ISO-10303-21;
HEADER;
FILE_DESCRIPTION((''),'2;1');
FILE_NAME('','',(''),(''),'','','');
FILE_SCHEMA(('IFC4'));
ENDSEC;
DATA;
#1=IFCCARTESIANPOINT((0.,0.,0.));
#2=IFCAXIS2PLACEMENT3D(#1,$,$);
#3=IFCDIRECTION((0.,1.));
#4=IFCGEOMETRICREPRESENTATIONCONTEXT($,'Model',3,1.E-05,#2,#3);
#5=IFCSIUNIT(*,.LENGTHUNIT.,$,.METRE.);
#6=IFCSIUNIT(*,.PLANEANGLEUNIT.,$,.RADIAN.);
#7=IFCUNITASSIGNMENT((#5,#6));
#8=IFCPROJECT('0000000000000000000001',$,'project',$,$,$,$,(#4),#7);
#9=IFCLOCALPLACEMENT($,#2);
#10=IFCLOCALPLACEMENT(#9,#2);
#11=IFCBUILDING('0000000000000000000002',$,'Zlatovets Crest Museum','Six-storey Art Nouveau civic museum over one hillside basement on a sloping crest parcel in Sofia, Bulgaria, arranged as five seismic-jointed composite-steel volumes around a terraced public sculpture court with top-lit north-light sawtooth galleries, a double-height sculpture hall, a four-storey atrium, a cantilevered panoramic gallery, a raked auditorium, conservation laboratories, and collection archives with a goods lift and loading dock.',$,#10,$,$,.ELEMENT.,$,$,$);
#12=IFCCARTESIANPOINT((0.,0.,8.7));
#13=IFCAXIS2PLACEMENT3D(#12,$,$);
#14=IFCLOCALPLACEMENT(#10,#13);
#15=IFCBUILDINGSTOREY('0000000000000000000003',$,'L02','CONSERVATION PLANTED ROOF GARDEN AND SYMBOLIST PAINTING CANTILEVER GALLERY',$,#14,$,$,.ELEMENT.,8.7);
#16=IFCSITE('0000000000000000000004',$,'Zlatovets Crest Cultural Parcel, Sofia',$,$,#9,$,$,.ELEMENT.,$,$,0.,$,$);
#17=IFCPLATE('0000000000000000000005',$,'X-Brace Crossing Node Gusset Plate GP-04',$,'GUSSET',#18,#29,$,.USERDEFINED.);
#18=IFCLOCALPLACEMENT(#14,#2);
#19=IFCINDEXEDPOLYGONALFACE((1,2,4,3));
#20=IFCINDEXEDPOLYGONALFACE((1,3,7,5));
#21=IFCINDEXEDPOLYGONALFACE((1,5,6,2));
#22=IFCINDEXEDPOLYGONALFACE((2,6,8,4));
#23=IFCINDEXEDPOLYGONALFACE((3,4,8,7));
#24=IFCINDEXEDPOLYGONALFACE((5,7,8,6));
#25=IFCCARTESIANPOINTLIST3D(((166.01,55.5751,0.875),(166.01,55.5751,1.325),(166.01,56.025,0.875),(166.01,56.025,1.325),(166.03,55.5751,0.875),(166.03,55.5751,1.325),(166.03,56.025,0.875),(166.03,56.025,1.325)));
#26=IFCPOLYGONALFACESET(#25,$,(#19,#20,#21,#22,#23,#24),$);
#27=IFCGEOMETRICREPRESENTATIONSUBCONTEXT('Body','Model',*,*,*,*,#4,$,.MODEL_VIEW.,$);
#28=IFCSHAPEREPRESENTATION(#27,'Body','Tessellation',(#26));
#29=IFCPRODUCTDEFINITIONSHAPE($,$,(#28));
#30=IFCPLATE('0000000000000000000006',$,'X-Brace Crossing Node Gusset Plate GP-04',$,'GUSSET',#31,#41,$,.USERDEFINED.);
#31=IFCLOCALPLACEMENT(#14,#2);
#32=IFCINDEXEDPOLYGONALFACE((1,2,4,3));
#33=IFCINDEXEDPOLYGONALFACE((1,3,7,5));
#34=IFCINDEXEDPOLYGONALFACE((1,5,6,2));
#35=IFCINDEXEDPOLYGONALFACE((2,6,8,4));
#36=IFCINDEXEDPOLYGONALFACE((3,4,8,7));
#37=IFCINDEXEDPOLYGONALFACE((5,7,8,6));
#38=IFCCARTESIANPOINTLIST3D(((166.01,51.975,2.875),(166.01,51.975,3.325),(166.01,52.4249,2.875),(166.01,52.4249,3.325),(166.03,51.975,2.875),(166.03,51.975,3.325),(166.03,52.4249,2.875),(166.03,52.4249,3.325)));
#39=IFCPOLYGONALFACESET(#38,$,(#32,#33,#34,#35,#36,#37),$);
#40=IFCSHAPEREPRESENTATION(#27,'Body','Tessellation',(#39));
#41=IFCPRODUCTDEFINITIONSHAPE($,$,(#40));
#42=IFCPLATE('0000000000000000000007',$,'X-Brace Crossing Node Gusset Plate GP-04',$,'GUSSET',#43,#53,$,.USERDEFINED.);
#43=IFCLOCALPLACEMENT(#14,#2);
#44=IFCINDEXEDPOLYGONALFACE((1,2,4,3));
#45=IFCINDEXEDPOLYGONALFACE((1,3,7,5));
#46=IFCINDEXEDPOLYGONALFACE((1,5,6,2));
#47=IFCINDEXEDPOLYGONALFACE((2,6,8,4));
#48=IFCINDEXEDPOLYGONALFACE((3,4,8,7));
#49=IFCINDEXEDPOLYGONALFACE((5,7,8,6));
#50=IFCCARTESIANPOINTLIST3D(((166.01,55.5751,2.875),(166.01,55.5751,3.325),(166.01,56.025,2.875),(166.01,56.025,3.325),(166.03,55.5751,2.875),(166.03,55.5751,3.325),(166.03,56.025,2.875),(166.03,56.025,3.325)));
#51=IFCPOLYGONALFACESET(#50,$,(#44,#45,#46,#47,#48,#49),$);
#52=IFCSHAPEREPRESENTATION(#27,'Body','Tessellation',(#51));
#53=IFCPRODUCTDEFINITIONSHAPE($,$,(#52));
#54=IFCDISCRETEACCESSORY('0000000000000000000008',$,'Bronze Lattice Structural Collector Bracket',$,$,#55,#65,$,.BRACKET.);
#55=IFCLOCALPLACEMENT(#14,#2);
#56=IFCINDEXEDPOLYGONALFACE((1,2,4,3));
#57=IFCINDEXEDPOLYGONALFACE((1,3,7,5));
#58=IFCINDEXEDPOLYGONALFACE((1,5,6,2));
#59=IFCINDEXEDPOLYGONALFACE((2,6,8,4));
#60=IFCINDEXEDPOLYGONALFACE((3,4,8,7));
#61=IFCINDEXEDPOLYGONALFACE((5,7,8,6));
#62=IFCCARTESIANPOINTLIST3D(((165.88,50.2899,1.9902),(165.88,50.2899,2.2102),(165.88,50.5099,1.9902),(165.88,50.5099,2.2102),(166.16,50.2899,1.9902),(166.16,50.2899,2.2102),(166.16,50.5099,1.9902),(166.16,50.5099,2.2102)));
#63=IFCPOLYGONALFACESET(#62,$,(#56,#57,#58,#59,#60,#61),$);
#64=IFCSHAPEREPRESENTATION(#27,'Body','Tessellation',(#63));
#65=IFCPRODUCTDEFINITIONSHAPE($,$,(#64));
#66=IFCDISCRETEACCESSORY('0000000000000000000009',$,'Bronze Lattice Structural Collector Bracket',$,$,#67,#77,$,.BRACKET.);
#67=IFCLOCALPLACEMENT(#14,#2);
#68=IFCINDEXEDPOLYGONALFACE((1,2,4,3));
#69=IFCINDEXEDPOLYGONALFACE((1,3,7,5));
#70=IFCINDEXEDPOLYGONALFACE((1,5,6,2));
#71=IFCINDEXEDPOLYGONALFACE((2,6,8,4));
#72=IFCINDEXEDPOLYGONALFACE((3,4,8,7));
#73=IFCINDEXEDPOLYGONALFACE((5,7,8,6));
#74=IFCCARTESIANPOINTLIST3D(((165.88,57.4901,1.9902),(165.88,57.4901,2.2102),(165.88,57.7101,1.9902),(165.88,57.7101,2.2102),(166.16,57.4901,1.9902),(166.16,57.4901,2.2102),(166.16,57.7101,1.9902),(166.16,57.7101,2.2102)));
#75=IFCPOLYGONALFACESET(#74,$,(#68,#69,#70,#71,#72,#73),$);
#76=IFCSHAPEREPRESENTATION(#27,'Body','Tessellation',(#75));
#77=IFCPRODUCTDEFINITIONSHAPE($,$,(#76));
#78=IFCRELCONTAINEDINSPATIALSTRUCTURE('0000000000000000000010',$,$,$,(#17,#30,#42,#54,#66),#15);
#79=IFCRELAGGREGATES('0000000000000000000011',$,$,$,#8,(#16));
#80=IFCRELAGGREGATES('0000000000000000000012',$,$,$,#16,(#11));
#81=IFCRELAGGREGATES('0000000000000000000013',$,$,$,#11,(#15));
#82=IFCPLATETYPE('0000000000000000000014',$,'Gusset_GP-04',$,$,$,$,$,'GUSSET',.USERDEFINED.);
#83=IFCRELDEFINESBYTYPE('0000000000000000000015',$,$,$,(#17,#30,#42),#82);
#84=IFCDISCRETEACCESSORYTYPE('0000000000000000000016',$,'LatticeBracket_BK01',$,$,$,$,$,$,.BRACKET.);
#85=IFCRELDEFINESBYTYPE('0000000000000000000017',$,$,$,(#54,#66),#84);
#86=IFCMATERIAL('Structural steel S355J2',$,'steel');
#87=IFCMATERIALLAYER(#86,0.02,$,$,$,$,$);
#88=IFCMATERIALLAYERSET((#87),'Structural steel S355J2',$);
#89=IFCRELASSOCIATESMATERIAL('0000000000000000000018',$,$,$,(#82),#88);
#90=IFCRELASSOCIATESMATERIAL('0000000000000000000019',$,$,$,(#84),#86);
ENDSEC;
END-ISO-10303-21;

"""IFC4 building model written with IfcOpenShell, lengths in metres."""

from ifc_helpers import new_model, si_unit, direction, frame, origin, origin_2d, place, context, subcontext, project, spatial, rectangle, extrude, material, layer, layer_set, type_object, element, save


model = new_model("IFC4")

# Units and contexts
model_context = context("Model", 3, precision=1e-05, world=origin(), true_north=direction((0.0, 1.0)))
body_context = subcontext(model_context, "Body", "Model", "MODEL_VIEW")
ifc_project = project(units=[si_unit("LENGTHUNIT", "METRE"), si_unit("PLANEANGLEUNIT", "RADIAN")], contexts=[model_context])

# Site, building, storey
site_placement = place(None, origin())
site = spatial("IfcSite", under=ifc_project, at=site_placement, Name="Zlatovets Crest Cultural Parcel, Sofia", CompositionType="ELEMENT", RefElevation=0.0)
building_placement = place(site_placement, origin())
building = spatial("IfcBuilding", under=site, at=building_placement, Name="Zlatovets Crest Museum", Description="Six-storey Art Nouveau civic museum over one hillside basement on a sloping crest parcel in Sofia, Bulgaria, arranged as five seismic-jointed composite-steel volumes around a terraced public sculpture court with top-lit north-light sawtooth galleries, a double-height sculpture hall, a four-storey atrium, a cantilevered panoramic gallery, a raked auditorium, conservation laboratories, and collection archives with a goods lift and loading dock.", CompositionType="ELEMENT")
storey_placement = place(building_placement, frame((0.0, 0.0, 8.7)))
storey = spatial("IfcBuildingStorey", under=building, at=storey_placement, Name="L02", Description="CONSERVATION PLANTED ROOF GARDEN AND SYMBOLIST PAINTING CANTILEVER GALLERY", CompositionType="ELEMENT", Elevation=8.7)

# Shared definitions
ifc_material_1 = material(Name="Structural steel S355J2", Category="steel")

# Plates
ifc_layer_1 = layer(ifc_material_1, 0.02)
ifc_layer_set_1 = layer_set([ifc_layer_1], Name="Structural steel S355J2")
plate_type_1 = type_object("IfcPlateType", Name="Gusset_GP-04", ElementType="GUSSET", PredefinedType="USERDEFINED", material=ifc_layer_set_1)
for number, where, z_axis, x_axis, name in (
    (1, (166.02, 55.8, 0.875), (0.0, 0.0, 1.0), (1.0, 0.0, 0.0), "X-Brace Crossing Node Gusset Plate GP-04"),
    (2, (166.02, 52.2, 2.875), (0.0, 0.0, 1.0), (1.0, 0.0, 0.0), "X-Brace Crossing Node Gusset Plate GP-04"),
    (3, (166.02, 55.8, 2.875), (0.0, 0.0, 1.0), (1.0, 0.0, 0.0), "X-Brace Crossing Node Gusset Plate GP-04"),
):
    element("IfcPlate", number, at=place(storey_placement, frame(where, z_axis=z_axis, x_axis=x_axis)), inside=storey, type_object=plate_type_1, Name=name, ObjectType="GUSSET", PredefinedType="USERDEFINED", context=body_context, shape_type="SweptSolid", body=[
        extrude(rectangle(XDim=0.02, YDim=0.45, at=origin_2d()), origin(), (0.0, 0.0, 1.0), 0.45),
    ])

# Discrete accessories
discrete_accessory_type = type_object("IfcDiscreteAccessoryType", Name="LatticeBracket_BK01", PredefinedType="BRACKET", material=ifc_material_1)
for number, where, z_axis, x_axis, name in (
    (4, (166.02, 50.3999, 1.9902), (0.0, 0.0, 1.0), (1.0, 0.0, 0.0), "Bronze Lattice Structural Collector Bracket"),
    (5, (166.02, 57.6001, 1.9902), (0.0, 0.0, 1.0), (1.0, 0.0, 0.0), "Bronze Lattice Structural Collector Bracket"),
):
    element("IfcDiscreteAccessory", number, at=place(storey_placement, frame(where, z_axis=z_axis, x_axis=x_axis)), inside=storey, type_object=discrete_accessory_type, Name=name, PredefinedType="BRACKET", context=body_context, shape_type="SweptSolid", body=[
        extrude(rectangle(XDim=0.28, YDim=0.22, at=origin_2d()), origin(), (0.0, 0.0, 1.0), 0.22),
    ])

save(model, "model.ifc")
